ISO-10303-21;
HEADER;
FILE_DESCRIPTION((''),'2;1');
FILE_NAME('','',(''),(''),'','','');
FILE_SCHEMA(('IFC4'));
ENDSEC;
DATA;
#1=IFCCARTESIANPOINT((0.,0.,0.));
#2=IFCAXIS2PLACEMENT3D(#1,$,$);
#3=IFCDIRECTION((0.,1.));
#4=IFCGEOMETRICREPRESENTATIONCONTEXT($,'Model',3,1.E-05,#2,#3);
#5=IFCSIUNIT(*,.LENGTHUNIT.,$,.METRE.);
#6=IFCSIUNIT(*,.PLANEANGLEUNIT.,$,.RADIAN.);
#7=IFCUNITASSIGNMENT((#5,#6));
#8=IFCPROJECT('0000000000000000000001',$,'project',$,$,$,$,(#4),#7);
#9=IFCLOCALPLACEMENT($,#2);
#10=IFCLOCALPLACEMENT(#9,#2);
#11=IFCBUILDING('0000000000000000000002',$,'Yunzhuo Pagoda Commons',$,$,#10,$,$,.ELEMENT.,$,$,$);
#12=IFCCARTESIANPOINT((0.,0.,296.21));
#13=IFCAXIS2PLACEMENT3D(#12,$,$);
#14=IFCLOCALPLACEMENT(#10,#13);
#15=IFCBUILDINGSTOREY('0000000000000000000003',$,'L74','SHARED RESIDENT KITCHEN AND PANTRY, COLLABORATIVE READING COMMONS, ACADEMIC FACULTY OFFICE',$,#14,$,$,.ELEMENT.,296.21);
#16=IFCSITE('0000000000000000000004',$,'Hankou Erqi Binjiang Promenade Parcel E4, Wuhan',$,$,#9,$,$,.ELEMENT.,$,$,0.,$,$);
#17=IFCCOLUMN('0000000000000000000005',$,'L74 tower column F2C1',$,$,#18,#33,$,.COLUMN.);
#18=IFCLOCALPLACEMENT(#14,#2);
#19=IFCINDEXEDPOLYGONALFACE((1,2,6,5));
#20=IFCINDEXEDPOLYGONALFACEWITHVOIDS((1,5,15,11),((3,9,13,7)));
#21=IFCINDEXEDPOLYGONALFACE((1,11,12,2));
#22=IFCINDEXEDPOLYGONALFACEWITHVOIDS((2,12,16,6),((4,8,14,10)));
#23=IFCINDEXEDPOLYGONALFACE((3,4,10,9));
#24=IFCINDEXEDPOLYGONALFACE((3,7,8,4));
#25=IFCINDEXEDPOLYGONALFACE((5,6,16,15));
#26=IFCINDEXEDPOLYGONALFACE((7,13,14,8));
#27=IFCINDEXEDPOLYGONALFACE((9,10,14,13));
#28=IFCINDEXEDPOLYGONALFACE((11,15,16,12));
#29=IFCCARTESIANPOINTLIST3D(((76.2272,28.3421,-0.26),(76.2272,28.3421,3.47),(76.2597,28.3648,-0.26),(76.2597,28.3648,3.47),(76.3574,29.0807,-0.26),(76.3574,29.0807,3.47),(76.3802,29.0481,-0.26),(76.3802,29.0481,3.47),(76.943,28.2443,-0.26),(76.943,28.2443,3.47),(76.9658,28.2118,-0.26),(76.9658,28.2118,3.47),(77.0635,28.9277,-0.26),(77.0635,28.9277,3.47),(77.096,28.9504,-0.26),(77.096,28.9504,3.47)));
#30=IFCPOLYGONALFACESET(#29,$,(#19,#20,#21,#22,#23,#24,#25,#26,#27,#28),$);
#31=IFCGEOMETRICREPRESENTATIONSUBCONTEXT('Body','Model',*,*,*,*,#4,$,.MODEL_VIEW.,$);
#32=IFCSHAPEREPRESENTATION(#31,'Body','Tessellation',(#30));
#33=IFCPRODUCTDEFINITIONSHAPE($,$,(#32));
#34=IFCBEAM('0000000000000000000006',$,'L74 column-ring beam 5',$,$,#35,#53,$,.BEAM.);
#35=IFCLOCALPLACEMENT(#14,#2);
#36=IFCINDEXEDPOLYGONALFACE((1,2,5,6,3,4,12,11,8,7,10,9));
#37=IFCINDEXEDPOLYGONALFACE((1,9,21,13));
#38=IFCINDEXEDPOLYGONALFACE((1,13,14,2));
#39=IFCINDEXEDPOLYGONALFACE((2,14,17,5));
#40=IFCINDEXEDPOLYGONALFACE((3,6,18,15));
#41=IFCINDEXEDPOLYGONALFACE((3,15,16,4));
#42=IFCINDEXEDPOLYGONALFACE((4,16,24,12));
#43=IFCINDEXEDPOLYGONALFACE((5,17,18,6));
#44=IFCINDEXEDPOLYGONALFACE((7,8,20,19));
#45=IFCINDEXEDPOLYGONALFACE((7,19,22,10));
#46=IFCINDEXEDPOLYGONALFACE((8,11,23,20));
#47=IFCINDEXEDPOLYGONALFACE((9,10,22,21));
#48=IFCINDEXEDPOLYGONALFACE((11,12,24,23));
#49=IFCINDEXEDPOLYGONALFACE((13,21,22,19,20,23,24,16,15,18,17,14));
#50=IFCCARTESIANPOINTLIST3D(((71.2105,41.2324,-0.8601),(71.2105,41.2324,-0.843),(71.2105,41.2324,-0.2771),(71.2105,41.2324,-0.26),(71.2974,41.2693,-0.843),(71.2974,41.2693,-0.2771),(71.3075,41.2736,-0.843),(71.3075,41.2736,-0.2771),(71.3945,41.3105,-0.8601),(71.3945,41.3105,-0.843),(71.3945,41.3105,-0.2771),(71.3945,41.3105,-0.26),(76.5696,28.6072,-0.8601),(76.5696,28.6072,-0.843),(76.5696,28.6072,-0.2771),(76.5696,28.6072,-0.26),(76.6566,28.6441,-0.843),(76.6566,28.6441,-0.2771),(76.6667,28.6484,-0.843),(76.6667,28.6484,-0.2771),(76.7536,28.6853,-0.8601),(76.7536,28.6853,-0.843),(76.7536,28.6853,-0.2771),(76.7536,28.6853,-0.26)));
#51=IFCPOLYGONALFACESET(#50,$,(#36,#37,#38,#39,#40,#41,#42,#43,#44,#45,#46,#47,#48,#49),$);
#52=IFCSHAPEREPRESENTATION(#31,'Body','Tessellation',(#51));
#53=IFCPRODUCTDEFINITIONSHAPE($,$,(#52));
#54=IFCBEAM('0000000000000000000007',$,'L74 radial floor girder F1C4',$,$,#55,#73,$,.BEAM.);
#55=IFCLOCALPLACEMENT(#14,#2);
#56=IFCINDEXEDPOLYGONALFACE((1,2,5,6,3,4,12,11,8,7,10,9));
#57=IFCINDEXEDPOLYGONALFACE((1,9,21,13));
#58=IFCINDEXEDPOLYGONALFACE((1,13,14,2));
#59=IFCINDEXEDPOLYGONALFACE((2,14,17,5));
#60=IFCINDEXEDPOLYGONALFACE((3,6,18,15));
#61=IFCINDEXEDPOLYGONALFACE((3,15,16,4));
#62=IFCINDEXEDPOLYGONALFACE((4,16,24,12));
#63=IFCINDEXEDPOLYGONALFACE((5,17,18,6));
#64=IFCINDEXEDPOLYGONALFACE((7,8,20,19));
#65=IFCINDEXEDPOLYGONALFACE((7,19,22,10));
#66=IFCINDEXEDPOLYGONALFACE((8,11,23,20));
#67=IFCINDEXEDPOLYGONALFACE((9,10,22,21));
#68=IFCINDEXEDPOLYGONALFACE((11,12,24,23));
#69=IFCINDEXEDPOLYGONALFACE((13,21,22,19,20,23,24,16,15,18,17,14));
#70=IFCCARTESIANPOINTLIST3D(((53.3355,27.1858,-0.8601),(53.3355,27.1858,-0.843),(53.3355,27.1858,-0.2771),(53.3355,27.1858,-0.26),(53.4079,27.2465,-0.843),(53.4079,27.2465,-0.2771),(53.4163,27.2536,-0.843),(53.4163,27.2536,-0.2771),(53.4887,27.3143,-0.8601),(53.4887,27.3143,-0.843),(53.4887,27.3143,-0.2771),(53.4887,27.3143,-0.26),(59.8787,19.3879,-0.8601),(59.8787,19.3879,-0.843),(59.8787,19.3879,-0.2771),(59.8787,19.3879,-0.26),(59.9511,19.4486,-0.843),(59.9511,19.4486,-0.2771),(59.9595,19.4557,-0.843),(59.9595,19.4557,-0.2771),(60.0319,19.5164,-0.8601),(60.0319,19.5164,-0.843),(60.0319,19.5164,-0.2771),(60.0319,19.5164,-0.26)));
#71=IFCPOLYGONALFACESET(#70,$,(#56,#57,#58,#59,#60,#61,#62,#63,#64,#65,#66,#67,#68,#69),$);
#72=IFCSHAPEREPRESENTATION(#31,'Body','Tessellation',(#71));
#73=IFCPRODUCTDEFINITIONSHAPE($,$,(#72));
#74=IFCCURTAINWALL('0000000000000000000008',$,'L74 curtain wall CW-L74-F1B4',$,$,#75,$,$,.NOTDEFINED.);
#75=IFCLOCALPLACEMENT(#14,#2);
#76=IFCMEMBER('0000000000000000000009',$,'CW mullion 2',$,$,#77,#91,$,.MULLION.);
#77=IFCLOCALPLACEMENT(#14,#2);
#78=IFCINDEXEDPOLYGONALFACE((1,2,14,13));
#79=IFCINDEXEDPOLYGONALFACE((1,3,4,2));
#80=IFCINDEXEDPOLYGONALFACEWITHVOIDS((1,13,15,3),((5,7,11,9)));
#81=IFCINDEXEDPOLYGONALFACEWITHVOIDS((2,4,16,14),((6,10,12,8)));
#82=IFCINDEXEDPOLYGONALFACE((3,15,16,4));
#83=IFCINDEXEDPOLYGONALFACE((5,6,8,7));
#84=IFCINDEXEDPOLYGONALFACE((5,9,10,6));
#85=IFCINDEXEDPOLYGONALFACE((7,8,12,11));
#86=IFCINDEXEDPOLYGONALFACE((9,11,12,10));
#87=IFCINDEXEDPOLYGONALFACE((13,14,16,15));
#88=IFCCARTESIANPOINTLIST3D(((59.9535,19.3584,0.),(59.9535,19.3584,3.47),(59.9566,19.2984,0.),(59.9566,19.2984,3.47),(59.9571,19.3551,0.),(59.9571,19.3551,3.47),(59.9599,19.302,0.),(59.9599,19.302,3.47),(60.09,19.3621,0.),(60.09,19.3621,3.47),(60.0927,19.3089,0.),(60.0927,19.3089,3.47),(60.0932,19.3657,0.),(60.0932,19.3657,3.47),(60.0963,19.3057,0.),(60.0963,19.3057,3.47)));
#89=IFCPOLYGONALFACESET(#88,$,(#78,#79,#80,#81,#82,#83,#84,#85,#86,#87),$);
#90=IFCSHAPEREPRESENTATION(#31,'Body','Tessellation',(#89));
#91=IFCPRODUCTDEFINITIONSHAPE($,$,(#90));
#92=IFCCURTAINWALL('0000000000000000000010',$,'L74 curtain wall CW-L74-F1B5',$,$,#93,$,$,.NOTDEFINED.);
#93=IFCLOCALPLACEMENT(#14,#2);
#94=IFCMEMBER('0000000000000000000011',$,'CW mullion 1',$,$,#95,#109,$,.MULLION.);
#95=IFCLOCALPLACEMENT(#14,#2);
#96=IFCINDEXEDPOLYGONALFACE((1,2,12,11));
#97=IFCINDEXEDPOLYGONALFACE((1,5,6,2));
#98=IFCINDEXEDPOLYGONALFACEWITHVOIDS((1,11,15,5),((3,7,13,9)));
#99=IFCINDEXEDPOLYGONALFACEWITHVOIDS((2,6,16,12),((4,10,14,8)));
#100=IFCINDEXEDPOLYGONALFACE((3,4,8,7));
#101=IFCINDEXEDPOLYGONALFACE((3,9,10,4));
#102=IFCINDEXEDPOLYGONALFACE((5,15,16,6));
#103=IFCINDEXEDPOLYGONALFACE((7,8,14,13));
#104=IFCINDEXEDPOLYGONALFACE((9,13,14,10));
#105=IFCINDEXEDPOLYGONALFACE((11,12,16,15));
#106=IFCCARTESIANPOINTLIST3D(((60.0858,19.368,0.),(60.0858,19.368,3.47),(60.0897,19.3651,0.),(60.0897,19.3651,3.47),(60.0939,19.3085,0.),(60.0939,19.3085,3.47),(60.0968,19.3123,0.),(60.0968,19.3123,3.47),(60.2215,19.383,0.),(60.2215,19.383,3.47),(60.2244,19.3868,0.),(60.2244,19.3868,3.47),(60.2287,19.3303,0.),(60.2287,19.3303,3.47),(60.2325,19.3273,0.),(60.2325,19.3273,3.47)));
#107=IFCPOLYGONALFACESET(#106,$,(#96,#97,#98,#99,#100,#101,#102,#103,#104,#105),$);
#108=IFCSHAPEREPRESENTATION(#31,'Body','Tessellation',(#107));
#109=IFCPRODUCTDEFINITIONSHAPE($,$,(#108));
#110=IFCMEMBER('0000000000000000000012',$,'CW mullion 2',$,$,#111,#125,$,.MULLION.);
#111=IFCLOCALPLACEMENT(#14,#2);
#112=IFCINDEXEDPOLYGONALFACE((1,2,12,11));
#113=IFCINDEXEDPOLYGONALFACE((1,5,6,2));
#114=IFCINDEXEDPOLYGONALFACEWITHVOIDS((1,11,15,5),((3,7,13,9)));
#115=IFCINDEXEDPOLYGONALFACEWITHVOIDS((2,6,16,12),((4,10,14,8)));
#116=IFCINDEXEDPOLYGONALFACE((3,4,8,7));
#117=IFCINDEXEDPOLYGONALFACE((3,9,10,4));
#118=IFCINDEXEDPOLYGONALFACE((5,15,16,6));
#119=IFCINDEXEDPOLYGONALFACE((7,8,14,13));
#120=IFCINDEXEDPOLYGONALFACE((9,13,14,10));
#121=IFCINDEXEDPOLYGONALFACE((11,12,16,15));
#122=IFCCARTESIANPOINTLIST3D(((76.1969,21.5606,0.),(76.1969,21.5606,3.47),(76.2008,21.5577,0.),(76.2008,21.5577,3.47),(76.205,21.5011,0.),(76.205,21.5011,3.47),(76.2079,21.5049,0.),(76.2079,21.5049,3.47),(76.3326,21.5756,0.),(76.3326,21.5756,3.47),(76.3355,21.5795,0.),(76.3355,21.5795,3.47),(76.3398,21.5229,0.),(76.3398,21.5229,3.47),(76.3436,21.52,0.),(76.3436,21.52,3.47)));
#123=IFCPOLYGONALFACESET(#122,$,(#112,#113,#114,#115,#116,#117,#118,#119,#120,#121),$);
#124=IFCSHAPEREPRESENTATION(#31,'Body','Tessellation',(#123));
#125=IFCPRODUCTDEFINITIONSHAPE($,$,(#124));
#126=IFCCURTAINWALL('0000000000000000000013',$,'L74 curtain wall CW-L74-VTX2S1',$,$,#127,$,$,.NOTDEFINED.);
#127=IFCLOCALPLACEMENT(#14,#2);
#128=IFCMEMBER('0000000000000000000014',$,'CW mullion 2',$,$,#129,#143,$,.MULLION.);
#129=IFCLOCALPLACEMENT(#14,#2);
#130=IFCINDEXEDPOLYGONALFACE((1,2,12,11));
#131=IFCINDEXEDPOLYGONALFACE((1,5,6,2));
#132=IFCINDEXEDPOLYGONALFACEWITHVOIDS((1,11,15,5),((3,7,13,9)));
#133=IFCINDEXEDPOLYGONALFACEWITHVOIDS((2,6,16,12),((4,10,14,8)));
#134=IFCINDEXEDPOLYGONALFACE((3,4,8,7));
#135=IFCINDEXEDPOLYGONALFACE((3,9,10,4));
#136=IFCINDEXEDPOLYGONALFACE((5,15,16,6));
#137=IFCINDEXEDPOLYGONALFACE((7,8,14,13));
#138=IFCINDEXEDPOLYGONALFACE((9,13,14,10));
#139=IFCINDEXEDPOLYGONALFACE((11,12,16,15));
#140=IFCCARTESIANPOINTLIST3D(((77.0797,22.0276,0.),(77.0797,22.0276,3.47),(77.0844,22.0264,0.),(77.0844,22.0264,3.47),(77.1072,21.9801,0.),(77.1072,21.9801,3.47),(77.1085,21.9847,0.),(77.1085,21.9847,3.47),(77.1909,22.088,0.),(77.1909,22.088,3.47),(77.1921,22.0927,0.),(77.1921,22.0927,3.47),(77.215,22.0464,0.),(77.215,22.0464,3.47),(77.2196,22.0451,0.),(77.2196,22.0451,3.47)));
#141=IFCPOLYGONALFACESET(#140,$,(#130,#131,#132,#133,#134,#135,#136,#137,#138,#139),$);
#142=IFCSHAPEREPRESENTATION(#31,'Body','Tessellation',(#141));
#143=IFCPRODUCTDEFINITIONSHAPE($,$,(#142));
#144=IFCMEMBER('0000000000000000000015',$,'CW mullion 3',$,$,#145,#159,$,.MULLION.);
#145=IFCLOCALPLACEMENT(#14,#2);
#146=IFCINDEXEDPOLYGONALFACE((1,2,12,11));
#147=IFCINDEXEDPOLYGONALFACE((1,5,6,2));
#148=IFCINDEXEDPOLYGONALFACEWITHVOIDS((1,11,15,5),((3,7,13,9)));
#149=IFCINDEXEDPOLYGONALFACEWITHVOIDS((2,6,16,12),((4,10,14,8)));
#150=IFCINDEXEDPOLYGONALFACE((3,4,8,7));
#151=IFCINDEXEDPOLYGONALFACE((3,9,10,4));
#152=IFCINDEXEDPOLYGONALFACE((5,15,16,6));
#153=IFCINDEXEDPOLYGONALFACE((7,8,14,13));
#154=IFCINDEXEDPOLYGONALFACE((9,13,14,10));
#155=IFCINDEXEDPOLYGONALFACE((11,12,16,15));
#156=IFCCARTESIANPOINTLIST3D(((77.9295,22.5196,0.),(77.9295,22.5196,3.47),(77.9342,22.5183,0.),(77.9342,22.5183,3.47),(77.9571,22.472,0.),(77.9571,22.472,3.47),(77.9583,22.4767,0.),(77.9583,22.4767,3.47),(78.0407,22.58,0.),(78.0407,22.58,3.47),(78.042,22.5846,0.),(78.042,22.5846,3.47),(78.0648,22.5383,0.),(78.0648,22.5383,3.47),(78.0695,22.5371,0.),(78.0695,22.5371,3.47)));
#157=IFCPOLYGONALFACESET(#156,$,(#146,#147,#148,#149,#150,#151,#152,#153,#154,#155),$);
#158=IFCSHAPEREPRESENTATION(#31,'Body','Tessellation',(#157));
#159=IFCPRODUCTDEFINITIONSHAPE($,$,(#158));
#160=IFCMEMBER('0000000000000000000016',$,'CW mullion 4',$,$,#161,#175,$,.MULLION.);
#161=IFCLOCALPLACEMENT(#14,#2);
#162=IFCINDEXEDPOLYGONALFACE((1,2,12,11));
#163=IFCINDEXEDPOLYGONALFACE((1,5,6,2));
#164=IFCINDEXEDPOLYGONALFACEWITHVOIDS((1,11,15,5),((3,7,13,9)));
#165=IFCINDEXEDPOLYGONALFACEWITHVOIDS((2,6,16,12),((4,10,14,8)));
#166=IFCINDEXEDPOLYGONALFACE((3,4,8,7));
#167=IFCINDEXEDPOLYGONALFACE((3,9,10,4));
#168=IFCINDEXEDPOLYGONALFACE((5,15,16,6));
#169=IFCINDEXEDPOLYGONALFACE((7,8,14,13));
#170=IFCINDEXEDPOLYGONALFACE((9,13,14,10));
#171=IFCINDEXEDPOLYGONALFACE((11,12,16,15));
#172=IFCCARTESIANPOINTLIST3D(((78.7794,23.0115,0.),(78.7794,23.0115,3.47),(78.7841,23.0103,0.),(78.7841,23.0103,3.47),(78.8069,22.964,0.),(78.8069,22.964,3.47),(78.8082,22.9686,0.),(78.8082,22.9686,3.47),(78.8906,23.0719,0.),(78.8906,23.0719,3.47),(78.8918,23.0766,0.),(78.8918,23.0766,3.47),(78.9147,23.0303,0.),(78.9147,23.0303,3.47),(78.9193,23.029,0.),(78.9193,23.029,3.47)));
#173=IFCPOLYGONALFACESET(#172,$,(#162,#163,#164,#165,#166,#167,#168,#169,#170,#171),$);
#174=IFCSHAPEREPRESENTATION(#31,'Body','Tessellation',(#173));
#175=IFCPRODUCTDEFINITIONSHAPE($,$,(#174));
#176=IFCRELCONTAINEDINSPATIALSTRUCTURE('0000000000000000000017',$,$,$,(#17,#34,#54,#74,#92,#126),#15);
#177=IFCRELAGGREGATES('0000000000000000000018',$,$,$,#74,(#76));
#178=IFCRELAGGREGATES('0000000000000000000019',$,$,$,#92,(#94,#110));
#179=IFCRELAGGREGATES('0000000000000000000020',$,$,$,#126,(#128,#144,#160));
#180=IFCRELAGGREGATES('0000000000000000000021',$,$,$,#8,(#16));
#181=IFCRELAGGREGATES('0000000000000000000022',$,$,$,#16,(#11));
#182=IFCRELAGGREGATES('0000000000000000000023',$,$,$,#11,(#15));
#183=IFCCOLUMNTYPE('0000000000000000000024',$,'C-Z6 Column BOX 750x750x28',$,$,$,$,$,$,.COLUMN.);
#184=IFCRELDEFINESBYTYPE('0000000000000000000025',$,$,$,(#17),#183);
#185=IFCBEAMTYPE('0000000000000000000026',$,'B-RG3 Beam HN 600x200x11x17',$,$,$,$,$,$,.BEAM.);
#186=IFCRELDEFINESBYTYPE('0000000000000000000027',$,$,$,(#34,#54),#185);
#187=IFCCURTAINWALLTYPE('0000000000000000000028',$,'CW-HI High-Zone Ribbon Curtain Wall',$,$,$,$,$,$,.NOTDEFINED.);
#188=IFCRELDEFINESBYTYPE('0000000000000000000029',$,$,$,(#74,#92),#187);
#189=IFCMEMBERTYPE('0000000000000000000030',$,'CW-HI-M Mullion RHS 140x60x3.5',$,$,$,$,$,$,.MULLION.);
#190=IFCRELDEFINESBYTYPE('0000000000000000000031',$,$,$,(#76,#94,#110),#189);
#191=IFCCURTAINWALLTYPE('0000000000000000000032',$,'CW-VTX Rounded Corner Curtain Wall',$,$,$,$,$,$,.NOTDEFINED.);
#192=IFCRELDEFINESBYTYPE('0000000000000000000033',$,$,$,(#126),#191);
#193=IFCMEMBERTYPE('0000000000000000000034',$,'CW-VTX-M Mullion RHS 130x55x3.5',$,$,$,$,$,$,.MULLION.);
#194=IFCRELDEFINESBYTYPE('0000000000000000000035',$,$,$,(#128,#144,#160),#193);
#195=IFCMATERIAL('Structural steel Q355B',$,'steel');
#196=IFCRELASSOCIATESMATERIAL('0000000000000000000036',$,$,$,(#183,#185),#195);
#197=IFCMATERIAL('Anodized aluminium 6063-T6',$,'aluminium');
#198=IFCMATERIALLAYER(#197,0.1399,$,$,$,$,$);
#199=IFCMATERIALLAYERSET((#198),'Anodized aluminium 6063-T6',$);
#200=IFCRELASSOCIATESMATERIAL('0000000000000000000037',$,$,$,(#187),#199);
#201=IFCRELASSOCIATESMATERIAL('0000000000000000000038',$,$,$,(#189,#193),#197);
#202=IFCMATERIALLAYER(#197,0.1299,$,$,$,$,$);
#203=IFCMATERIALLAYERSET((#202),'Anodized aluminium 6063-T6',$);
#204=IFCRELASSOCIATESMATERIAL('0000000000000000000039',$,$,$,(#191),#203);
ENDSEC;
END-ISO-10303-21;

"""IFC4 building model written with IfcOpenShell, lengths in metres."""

from ifc_helpers import new_model, si_unit, direction, frame, origin, origin_2d, place, context, subcontext, project, spatial, hollow_rectangle, i_section, extrude, source, transform, mapped, material, layer, layer_set, material_profile, profile_set, type_object, element, aggregate, save


model = new_model("IFC4")

# Units and contexts
model_context = context("Model", 3, precision=1e-05, world=origin(), true_north=direction((0.0, 1.0)))
body_context = subcontext(model_context, "Body", "Model", "MODEL_VIEW")
ifc_project = project(units=[si_unit("LENGTHUNIT", "METRE"), si_unit("PLANEANGLEUNIT", "RADIAN")], contexts=[model_context])

# Site, building, storey
site_placement = place(None, origin())
site = spatial("IfcSite", under=ifc_project, at=site_placement, Name="Hankou Erqi Binjiang Promenade Parcel E4, Wuhan", CompositionType="ELEMENT", RefElevation=0.0)
building_placement = place(site_placement, origin())
building = spatial("IfcBuilding", under=site, at=building_placement, Name="Yunzhuo Pagoda Commons", CompositionType="ELEMENT")
storey_placement = place(building_placement, frame((0.0, 0.0, 296.21)))
storey = spatial("IfcBuildingStorey", under=building, at=storey_placement, Name="L74", Description="SHARED RESIDENT KITCHEN AND PANTRY, COLLABORATIVE READING COMMONS, ACADEMIC FACULTY OFFICE", CompositionType="ELEMENT", Elevation=296.21)

# Column
ifc_material_1 = material(Name="Structural steel Q355B", Category="steel")
ifc_material_profile_1 = material_profile(ifc_material_1, hollow_rectangle(XDim=0.75, YDim=0.75, WallThickness=0.0281, at=origin_2d()), Name="Structural steel Q355B")
ifc_profile_set_1 = profile_set([ifc_material_profile_1], Name="Structural steel Q355B")
column_type = type_object("IfcColumnType", Name="C-Z6 Column BOX 750x750x28", PredefinedType="COLUMN", material=ifc_profile_set_1)
shared_shape_1 = source(origin(), body_context, "Body", "SweptSolid", [
    extrude(hollow_rectangle(XDim=0.75, YDim=0.75, WallThickness=0.0281, at=origin_2d()), origin(), (0.0, 0.0, 1.0), 3.73),
])
column_placement = place(storey_placement, frame((76.6616, 28.6462, -0.26), z_axis=(0.0, 0.0, 1.0), x_axis=(0.173648, 0.984808, 0.0)))
element("IfcColumn", 1, at=column_placement, inside=storey, type_object=column_type, Name="L74 tower column F2C1", PredefinedType="COLUMN", context=body_context, shape_type="MappedRepresentation", body=[
    mapped(shared_shape_1, transform((0.0, 0.0, 0.0), scale=1.0)),
])

# Beams
ifc_material_profile_2 = material_profile(ifc_material_1, i_section(OverallWidth=0.2, OverallDepth=0.6001, WebThickness=0.011, FlangeThickness=0.0171, at=origin_2d()), Name="Structural steel Q355B")
ifc_profile_set_2 = profile_set([ifc_material_profile_2], Name="Structural steel Q355B")
beam_type = type_object("IfcBeamType", Name="B-RG3 Beam HN 600x200x11x17", PredefinedType="BEAM", material=ifc_profile_set_2)
shared_shape_2 = source(origin(), body_context, "Body", "SweptSolid", [
    extrude(i_section(OverallWidth=0.2, OverallDepth=0.6001, WebThickness=0.011, FlangeThickness=0.0171, at=origin_2d()), origin(), (0.0, 0.0, 1.0), 13.7156),
])
beam_1_placement = place(storey_placement, frame((76.6616, 28.6462, -0.5601), z_axis=(-0.390733, 0.920504, 0.0), x_axis=(-0.920504, -0.390733, 0.0)))
element("IfcBeam", 2, at=beam_1_placement, inside=storey, type_object=beam_type, Name="L74 column-ring beam 5", PredefinedType="BEAM", context=body_context, shape_type="MappedRepresentation", body=[
    mapped(shared_shape_2, transform((0.0, 0.0, 0.0), scale=1.0)),
])
shared_shape_3 = source(origin(), body_context, "Body", "SweptSolid", [
    extrude(i_section(OverallWidth=0.2, OverallDepth=0.6001, WebThickness=0.011, FlangeThickness=0.0171, at=origin_2d()), origin(), (0.0, 0.0, 1.0), 10.1794),
])
beam_2_placement = place(storey_placement, frame((59.9553, 19.4521, -0.5601), z_axis=(-0.64279, 0.766043, 0.0), x_axis=(-0.766043, -0.64279, 0.0)))
element("IfcBeam", 3, at=beam_2_placement, inside=storey, type_object=beam_type, Name="L74 radial floor girder F1C4", PredefinedType="BEAM", context=body_context, shape_type="MappedRepresentation", body=[
    mapped(shared_shape_3, transform((0.0, 0.0, 0.0), scale=1.0)),
])

# Curtain wall, member
ifc_material_2 = material(Name="Anodized aluminium 6063-T6", Category="aluminium")
ifc_layer_1 = layer(ifc_material_2, 0.1399)
ifc_layer_set_1 = layer_set([ifc_layer_1], Name="Anodized aluminium 6063-T6")
curtain_wall_type_1 = type_object("IfcCurtainWallType", Name="CW-HI High-Zone Ribbon Curtain Wall", PredefinedType="NOTDEFINED", material=ifc_layer_set_1)
curtain_wall_1_placement = place(storey_placement, origin())
curtain_wall_1 = element("IfcCurtainWall", 4, at=curtain_wall_1_placement, inside=storey, type_object=curtain_wall_type_1, Name="L74 curtain wall CW-L74-F1B4", PredefinedType="NOTDEFINED")
ifc_material_profile_3 = material_profile(ifc_material_2, hollow_rectangle(XDim=0.0601, YDim=0.1399, WallThickness=0.0034, at=origin_2d()), Name="Anodized aluminium 6063-T6")
ifc_profile_set_3 = profile_set([ifc_material_profile_3], Name="Anodized aluminium 6063-T6")
member_type_1 = type_object("IfcMemberType", Name="CW-HI-M Mullion RHS 140x60x3.5", PredefinedType="MULLION", material=ifc_profile_set_3)
shared_shape_4 = source(origin(), body_context, "Body", "SweptSolid", [
    extrude(hollow_rectangle(XDim=0.0601, YDim=0.1399, WallThickness=0.0034, at=origin_2d()), origin(), (0.0, 0.0, 1.0), 3.47),
])
member_1_placement = place(storey_placement, frame((60.0249, 19.332, 0.0), z_axis=(0.0, 0.0, 1.0), x_axis=(-0.05219, 0.998637, 0.0)))
member_1 = element("IfcMember", 5, at=member_1_placement, type_object=member_type_1, Name="CW mullion 2", PredefinedType="MULLION", context=body_context, shape_type="MappedRepresentation", body=[
    mapped(shared_shape_4, transform((0.0, 0.0, 0.0), scale=1.0)),
])
aggregate(curtain_wall_1, [member_1])

# Curtain walls, members
curtain_wall_2_placement = place(storey_placement, origin())
curtain_wall_2 = element("IfcCurtainWall", 6, at=curtain_wall_2_placement, inside=storey, type_object=curtain_wall_type_1, Name="L74 curtain wall CW-L74-F1B5", PredefinedType="NOTDEFINED")
member_2_placement = place(storey_placement, frame((60.1592, 19.3477, 0.0), z_axis=(0.0, 0.0, 1.0), x_axis=(-0.134854, 0.990865, 0.0)))
member_2 = element("IfcMember", 7, at=member_2_placement, type_object=member_type_1, Name="CW mullion 1", PredefinedType="MULLION", context=body_context, shape_type="MappedRepresentation", body=[
    mapped(shared_shape_4, transform((0.0, 0.0, 0.0), scale=1.0)),
])
member_3_placement = place(storey_placement, frame((76.2703, 21.5403, 0.0), z_axis=(0.0, 0.0, 1.0), x_axis=(-0.134854, 0.990865, 0.0)))
member_3 = element("IfcMember", 8, at=member_3_placement, type_object=member_type_1, Name="CW mullion 2", PredefinedType="MULLION", context=body_context, shape_type="MappedRepresentation", body=[
    mapped(shared_shape_4, transform((0.0, 0.0, 0.0), scale=1.0)),
])
ifc_layer_2 = layer(ifc_material_2, 0.1299)
ifc_layer_set_2 = layer_set([ifc_layer_2], Name="Anodized aluminium 6063-T6")
curtain_wall_type_2 = type_object("IfcCurtainWallType", Name="CW-VTX Rounded Corner Curtain Wall", PredefinedType="NOTDEFINED", material=ifc_layer_set_2)
curtain_wall_3_placement = place(storey_placement, origin())
curtain_wall_3 = element("IfcCurtainWall", 9, at=curtain_wall_3_placement, inside=storey, type_object=curtain_wall_type_2, Name="L74 curtain wall CW-L74-VTX2S1", PredefinedType="NOTDEFINED")
ifc_material_profile_4 = material_profile(ifc_material_2, hollow_rectangle(XDim=0.0549, YDim=0.1299, WallThickness=0.0034, at=origin_2d()), Name="Anodized aluminium 6063-T6")
ifc_profile_set_4 = profile_set([ifc_material_profile_4], Name="Anodized aluminium 6063-T6")
member_type_2 = type_object("IfcMemberType", Name="CW-VTX-M Mullion RHS 130x55x3.5", PredefinedType="MULLION", material=ifc_profile_set_4)
shared_shape_5 = source(origin(), body_context, "Body", "SweptSolid", [
    extrude(hollow_rectangle(XDim=0.0549, YDim=0.1299, WallThickness=0.0034, at=origin_2d()), origin(), (0.0, 0.0, 1.0), 3.47),
])
member_4_placement = place(storey_placement, frame((77.1497, 22.0364, 0.0), z_axis=(0.0, 0.0, 1.0), x_axis=(-0.501017, 0.865437, 0.0)))
member_4 = element("IfcMember", 10, at=member_4_placement, type_object=member_type_2, Name="CW mullion 2", PredefinedType="MULLION", context=body_context, shape_type="MappedRepresentation", body=[
    mapped(shared_shape_5, transform((0.0, 0.0, 0.0), scale=1.0)),
])
member_5_placement = place(storey_placement, frame((77.9995, 22.5283, 0.0), z_axis=(0.0, 0.0, 1.0), x_axis=(-0.501017, 0.865437, 0.0)))
member_5 = element("IfcMember", 11, at=member_5_placement, type_object=member_type_2, Name="CW mullion 3", PredefinedType="MULLION", context=body_context, shape_type="MappedRepresentation", body=[
    mapped(shared_shape_5, transform((0.0, 0.0, 0.0), scale=1.0)),
])
member_6_placement = place(storey_placement, frame((78.8494, 23.0203, 0.0), z_axis=(0.0, 0.0, 1.0), x_axis=(-0.501017, 0.865437, 0.0)))
member_6 = element("IfcMember", 12, at=member_6_placement, type_object=member_type_2, Name="CW mullion 4", PredefinedType="MULLION", context=body_context, shape_type="MappedRepresentation", body=[
    mapped(shared_shape_5, transform((0.0, 0.0, 0.0), scale=1.0)),
])

aggregate(curtain_wall_2, [member_2, member_3])
aggregate(curtain_wall_3, [member_4, member_5, member_6])

save(model, "model.ifc")
